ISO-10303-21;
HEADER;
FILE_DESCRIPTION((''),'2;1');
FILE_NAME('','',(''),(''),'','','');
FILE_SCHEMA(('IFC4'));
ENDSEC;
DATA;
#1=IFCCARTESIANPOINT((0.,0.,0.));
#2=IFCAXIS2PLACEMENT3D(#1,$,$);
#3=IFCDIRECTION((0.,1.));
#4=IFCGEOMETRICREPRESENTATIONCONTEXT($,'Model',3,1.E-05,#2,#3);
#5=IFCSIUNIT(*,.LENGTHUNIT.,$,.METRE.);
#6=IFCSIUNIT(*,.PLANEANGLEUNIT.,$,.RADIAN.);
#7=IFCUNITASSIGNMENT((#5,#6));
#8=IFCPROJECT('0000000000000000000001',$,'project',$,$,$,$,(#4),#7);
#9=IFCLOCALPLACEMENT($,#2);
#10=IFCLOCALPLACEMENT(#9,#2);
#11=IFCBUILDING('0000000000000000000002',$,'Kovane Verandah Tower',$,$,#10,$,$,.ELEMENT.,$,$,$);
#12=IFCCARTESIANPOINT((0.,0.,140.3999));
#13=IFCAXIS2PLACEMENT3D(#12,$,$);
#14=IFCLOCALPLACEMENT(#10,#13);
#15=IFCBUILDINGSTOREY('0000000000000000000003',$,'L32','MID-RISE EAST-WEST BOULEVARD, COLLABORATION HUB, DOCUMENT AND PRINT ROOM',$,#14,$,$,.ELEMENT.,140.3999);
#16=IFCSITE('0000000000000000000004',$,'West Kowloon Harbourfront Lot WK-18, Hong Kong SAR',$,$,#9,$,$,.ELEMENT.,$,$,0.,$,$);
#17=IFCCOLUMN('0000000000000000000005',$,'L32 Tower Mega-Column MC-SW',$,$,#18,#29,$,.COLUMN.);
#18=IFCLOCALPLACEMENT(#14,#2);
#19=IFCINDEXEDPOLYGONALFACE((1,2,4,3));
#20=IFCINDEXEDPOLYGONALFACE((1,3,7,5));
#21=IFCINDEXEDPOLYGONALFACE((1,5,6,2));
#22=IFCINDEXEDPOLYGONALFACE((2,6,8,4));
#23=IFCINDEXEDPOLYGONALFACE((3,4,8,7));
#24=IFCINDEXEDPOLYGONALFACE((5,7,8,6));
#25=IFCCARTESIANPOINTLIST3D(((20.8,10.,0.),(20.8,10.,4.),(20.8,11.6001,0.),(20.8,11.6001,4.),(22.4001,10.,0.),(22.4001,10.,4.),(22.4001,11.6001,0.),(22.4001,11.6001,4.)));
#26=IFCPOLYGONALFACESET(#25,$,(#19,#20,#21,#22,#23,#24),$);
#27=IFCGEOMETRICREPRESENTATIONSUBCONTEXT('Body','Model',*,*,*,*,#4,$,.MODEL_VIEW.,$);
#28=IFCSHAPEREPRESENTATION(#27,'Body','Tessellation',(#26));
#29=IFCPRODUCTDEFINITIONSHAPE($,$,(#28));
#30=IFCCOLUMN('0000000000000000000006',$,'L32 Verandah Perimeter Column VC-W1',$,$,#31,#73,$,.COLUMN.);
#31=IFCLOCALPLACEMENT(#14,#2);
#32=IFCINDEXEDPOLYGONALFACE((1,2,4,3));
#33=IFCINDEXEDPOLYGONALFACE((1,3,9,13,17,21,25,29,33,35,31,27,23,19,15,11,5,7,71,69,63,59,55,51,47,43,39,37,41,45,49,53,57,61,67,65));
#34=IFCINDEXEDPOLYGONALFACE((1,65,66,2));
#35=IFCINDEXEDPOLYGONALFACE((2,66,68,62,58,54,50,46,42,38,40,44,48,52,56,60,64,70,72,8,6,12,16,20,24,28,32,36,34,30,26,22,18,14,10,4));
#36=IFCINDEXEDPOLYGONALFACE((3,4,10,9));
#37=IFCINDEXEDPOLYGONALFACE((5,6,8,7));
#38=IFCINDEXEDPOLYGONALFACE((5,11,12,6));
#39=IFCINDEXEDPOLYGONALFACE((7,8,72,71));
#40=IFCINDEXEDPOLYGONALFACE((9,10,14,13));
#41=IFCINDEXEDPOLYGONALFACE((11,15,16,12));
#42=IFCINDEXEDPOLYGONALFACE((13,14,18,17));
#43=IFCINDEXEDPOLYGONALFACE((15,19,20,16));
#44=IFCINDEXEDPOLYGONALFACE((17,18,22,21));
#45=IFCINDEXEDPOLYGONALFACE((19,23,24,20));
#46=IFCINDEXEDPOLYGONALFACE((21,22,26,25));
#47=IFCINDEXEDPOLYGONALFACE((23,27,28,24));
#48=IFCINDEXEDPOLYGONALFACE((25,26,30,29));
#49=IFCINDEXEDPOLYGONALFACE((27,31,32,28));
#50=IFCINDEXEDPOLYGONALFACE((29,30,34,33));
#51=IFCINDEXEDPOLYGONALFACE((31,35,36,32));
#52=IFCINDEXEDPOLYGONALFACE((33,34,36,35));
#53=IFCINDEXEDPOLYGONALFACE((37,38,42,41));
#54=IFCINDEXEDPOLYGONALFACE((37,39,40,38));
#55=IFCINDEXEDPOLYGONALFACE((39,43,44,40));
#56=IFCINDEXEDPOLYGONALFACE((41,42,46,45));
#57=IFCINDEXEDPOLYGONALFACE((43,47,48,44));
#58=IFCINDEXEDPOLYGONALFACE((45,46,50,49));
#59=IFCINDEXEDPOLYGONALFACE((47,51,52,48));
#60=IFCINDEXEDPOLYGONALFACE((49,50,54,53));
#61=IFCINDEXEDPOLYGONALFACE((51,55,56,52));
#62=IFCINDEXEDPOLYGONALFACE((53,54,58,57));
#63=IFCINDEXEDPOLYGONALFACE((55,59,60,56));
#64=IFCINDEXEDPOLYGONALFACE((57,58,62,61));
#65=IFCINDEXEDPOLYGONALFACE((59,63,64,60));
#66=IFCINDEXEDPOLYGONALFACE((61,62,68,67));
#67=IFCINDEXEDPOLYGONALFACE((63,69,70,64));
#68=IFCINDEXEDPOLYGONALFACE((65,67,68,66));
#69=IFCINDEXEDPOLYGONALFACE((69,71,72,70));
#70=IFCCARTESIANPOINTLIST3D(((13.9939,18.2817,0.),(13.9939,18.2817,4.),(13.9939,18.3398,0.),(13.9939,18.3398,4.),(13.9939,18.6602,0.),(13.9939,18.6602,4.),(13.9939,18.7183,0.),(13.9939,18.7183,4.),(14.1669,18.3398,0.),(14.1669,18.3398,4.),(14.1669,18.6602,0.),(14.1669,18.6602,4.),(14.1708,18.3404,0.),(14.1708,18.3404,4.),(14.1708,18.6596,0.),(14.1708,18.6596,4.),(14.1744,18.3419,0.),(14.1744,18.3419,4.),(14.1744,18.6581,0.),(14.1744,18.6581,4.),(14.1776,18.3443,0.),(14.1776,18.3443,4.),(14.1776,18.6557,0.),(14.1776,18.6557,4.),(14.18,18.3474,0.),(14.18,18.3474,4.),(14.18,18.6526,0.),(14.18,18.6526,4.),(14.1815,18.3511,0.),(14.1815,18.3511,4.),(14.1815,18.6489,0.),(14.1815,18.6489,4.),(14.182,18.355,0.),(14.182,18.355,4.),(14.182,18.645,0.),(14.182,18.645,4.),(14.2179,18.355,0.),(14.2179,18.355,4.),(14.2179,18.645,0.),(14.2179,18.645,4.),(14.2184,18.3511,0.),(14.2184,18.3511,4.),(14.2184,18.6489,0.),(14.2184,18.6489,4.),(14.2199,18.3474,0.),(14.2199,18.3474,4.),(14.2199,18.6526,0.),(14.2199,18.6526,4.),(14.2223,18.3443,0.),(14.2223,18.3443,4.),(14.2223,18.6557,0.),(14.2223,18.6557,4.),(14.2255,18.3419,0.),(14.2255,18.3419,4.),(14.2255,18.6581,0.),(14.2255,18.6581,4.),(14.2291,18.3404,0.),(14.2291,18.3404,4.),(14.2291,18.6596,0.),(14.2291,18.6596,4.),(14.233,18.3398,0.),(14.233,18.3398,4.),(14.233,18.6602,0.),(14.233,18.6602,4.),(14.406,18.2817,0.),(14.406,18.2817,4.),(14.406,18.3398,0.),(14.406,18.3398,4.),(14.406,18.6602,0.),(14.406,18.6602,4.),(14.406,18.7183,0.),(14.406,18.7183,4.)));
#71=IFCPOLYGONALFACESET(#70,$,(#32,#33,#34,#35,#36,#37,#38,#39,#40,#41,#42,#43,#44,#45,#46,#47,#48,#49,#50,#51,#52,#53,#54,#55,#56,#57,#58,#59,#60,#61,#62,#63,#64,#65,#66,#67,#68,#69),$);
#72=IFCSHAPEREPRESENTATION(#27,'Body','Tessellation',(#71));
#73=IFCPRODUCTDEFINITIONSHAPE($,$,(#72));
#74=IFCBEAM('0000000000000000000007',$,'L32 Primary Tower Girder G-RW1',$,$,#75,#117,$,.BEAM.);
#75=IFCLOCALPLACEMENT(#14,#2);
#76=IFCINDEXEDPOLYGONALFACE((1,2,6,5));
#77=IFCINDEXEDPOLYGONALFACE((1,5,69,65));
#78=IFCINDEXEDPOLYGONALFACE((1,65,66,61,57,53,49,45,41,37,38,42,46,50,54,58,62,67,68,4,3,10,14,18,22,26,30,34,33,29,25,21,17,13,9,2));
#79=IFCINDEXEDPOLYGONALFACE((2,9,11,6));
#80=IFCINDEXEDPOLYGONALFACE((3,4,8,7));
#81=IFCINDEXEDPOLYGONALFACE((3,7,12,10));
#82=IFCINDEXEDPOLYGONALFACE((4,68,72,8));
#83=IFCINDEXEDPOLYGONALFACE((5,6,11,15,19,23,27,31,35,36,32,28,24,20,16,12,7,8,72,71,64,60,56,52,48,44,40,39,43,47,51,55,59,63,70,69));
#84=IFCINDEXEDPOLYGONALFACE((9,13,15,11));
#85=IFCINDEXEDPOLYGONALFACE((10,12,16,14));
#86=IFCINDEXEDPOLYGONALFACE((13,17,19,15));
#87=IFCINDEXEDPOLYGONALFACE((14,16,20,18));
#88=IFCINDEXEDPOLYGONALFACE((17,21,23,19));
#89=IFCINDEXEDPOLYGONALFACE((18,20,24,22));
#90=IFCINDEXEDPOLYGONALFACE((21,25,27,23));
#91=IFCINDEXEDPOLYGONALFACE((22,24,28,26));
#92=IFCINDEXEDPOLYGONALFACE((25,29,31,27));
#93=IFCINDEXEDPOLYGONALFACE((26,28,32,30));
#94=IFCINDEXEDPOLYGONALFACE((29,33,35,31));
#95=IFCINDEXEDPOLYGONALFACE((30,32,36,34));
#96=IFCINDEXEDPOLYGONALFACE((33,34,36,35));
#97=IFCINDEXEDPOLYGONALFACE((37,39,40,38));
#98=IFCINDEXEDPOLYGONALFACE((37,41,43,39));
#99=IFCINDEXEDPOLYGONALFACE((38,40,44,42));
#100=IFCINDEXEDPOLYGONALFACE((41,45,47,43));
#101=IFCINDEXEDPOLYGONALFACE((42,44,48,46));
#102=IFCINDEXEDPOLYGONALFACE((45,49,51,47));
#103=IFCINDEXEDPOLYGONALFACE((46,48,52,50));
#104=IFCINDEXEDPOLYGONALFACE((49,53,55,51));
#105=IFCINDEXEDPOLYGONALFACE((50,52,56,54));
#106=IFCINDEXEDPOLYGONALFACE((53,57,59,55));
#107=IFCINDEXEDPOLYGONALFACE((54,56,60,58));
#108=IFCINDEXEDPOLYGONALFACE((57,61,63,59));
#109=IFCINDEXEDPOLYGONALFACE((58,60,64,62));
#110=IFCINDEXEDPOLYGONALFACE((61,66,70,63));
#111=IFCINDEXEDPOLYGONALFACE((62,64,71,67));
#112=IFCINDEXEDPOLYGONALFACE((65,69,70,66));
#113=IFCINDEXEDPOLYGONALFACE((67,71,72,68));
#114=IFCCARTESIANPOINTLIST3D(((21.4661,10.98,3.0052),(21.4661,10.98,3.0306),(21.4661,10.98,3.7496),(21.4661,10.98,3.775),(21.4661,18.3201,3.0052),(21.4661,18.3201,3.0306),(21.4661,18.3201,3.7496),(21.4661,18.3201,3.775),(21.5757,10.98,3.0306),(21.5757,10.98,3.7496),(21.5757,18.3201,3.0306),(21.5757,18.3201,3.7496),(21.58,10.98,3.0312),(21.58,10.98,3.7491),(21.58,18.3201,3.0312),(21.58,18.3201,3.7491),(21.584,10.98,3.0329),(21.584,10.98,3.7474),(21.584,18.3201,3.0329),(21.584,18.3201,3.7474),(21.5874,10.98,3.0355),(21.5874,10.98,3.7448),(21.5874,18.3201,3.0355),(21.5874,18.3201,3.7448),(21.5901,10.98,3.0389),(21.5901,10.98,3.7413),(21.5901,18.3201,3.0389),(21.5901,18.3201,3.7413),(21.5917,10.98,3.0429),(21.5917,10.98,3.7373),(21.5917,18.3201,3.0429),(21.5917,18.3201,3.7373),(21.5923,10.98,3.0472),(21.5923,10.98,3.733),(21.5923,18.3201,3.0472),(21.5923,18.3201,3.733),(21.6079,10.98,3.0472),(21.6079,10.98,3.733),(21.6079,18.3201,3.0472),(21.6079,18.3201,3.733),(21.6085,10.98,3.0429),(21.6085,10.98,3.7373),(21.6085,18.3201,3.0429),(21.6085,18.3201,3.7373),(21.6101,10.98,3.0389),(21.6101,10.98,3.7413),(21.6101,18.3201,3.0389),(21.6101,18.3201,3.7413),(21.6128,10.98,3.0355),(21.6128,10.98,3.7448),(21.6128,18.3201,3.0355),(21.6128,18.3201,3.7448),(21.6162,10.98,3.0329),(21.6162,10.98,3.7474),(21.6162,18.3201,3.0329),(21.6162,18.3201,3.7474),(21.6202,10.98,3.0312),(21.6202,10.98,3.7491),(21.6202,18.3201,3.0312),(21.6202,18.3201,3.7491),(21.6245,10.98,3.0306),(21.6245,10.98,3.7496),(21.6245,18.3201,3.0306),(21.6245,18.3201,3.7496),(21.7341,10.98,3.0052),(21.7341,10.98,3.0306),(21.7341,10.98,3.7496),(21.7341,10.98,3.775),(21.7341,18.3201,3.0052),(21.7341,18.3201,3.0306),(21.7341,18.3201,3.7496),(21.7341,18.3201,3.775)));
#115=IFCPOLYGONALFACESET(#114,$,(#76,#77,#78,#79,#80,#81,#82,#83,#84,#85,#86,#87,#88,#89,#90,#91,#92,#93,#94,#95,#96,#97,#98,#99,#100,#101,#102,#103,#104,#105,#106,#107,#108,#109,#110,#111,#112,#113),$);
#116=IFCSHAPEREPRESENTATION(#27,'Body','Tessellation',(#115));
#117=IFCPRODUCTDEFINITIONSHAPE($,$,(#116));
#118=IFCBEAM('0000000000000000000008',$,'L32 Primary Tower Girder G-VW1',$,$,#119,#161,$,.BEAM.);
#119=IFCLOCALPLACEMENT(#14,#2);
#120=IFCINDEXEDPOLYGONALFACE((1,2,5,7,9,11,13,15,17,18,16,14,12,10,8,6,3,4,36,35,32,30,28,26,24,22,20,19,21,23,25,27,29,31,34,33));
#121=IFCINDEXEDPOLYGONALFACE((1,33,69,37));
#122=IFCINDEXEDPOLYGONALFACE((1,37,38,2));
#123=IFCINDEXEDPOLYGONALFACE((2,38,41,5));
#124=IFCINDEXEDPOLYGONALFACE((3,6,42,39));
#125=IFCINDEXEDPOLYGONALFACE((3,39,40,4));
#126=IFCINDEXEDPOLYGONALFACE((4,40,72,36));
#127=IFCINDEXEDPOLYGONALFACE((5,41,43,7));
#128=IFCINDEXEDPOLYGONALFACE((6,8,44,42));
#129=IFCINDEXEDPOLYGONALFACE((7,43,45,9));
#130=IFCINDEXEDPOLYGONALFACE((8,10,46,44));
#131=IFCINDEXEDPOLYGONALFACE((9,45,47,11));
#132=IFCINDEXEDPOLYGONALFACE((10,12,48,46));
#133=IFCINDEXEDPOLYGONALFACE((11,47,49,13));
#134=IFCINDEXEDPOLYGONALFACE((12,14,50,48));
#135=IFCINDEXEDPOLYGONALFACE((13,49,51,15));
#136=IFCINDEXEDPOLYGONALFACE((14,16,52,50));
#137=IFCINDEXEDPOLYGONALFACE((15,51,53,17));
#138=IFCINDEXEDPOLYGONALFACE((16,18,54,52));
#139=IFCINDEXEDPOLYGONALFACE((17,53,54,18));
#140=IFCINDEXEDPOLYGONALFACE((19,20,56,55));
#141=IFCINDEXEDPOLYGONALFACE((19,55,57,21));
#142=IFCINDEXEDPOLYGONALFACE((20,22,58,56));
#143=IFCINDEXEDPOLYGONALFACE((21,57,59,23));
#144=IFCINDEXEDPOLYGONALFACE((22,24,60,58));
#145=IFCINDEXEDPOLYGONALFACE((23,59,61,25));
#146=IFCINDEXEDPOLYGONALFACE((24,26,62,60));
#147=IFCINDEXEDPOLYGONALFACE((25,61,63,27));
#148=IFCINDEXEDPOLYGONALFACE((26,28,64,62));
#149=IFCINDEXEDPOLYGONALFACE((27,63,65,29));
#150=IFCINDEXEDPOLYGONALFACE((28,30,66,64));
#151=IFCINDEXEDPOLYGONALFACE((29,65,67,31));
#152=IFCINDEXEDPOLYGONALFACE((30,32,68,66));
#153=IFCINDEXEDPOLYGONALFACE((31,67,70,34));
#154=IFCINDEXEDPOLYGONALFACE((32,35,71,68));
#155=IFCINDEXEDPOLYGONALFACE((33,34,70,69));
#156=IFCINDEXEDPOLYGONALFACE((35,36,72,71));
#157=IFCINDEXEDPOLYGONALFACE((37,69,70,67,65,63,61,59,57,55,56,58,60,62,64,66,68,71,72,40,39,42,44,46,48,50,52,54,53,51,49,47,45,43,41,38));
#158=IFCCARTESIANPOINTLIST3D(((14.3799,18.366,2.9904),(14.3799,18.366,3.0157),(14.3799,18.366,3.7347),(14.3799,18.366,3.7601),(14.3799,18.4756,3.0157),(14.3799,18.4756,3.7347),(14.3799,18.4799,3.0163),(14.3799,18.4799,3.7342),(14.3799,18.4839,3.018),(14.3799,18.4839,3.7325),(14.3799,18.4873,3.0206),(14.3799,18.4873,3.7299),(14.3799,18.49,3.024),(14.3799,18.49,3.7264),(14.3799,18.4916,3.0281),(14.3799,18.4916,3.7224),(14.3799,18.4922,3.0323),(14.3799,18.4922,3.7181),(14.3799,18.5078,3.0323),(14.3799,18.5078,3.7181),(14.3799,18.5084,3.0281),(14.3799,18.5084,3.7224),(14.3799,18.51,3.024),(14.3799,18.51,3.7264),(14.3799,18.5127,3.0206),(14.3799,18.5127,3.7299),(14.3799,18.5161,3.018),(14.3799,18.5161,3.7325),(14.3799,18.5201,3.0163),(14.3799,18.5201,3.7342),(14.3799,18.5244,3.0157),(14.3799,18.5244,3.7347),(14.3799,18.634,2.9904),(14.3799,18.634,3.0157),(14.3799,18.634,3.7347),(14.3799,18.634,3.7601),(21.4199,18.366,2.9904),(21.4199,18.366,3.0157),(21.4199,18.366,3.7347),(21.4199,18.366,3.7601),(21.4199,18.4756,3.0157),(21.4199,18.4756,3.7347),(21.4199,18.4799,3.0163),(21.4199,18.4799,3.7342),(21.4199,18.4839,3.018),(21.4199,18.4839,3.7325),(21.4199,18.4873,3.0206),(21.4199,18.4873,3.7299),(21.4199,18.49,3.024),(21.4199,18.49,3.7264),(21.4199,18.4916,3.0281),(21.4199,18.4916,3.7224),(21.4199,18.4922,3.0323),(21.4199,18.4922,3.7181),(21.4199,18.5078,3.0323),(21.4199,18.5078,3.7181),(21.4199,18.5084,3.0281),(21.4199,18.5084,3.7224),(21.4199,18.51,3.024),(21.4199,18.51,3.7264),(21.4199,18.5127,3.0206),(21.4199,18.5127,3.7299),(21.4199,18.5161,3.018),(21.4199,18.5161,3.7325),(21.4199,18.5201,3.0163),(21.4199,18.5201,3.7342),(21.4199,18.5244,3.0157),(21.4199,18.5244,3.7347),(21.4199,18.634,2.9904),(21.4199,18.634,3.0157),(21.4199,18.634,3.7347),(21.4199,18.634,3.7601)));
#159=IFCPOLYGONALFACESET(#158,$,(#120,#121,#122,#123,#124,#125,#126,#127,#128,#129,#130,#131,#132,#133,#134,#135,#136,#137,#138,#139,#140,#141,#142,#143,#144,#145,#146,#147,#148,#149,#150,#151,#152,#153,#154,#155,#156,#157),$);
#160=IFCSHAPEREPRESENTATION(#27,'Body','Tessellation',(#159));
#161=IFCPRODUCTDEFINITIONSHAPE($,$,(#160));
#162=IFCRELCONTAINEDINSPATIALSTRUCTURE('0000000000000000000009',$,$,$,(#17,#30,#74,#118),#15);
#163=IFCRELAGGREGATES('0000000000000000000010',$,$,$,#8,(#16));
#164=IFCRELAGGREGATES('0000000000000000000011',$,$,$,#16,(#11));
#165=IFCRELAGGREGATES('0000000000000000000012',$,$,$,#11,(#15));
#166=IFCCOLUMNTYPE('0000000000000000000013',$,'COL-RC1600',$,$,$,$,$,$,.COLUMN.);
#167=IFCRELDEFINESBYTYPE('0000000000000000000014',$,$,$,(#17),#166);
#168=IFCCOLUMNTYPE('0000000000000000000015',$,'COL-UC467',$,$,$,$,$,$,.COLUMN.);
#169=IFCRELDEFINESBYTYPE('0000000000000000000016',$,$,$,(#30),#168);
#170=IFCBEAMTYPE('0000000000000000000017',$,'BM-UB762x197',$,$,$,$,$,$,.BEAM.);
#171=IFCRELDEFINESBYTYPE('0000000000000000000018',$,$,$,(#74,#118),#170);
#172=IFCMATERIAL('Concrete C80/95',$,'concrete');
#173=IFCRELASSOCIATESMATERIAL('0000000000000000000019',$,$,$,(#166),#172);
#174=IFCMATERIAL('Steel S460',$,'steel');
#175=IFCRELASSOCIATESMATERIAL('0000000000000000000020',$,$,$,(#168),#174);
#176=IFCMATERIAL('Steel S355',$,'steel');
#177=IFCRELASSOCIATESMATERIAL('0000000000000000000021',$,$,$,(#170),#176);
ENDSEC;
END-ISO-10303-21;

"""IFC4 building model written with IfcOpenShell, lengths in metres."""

from ifc_helpers import new_model, si_unit, direction, frame, origin, origin_2d, place, context, subcontext, project, spatial, rectangle, i_section, extrude, material, material_profile, profile_set, type_object, element, save


model = new_model("IFC4")

# Units and contexts
model_context = context("Model", 3, precision=1e-05, world=origin(), true_north=direction((0.0, 1.0)))
body_context = subcontext(model_context, "Body", "Model", "MODEL_VIEW")
ifc_project = project(units=[si_unit("LENGTHUNIT", "METRE"), si_unit("PLANEANGLEUNIT", "RADIAN")], contexts=[model_context])

# Site, building, storey
site_placement = place(None, origin())
site = spatial("IfcSite", under=ifc_project, at=site_placement, Name="West Kowloon Harbourfront Lot WK-18, Hong Kong SAR", CompositionType="ELEMENT", RefElevation=0.0)
building_placement = place(site_placement, origin())
building = spatial("IfcBuilding", under=site, at=building_placement, Name="Kovane Verandah Tower", CompositionType="ELEMENT")
storey_placement = place(building_placement, frame((0.0, 0.0, 140.3999)))
storey = spatial("IfcBuildingStorey", under=building, at=storey_placement, Name="L32", Description="MID-RISE EAST-WEST BOULEVARD, COLLABORATION HUB, DOCUMENT AND PRINT ROOM", CompositionType="ELEMENT", Elevation=140.3999)

# Columns
ifc_material_1 = material(Name="Concrete C80/95", Category="concrete")
ifc_material_profile_1 = material_profile(ifc_material_1, rectangle(XDim=1.6001, YDim=1.6001, at=origin_2d()), Name="RC1600x1600")
ifc_profile_set_1 = profile_set([ifc_material_profile_1], Name="Concrete C80/95")
column_type_1 = type_object("IfcColumnType", Name="COL-RC1600", PredefinedType="COLUMN", material=ifc_profile_set_1)
column_1_placement = place(storey_placement, frame((21.6001, 10.8, 0.0), z_axis=(0.0, 0.0, 1.0), x_axis=(1.0, 0.0, 0.0)))
element("IfcColumn", 1, at=column_1_placement, inside=storey, type_object=column_type_1, Name="L32 Tower Mega-Column MC-SW", PredefinedType="COLUMN", context=body_context, shape_type="SweptSolid", body=[
    extrude(rectangle(XDim=1.6001, YDim=1.6001, at=origin_2d()), origin(), (0.0, 0.0, 1.0), 4.0),
])
ifc_material_2 = material(Name="Steel S460", Category="steel")
ifc_material_profile_2 = material_profile(ifc_material_2, i_section(OverallWidth=0.4121, OverallDepth=0.4365, WebThickness=0.0359, FlangeThickness=0.0581, FilletRadius=0.0151, at=origin_2d()), Name="UC356x406x467")
ifc_profile_set_2 = profile_set([ifc_material_profile_2], Name="Steel S460")
column_type_2 = type_object("IfcColumnType", Name="COL-UC467", PredefinedType="COLUMN", material=ifc_profile_set_2)
column_2_placement = place(storey_placement, frame((14.2, 18.5, 0.0), z_axis=(0.0, 0.0, 1.0), x_axis=(1.0, 0.0, 0.0)))
element("IfcColumn", 2, at=column_2_placement, inside=storey, type_object=column_type_2, Name="L32 Verandah Perimeter Column VC-W1", PredefinedType="COLUMN", context=body_context, shape_type="SweptSolid", body=[
    extrude(i_section(OverallWidth=0.4121, OverallDepth=0.4365, WebThickness=0.0359, FlangeThickness=0.0581, FilletRadius=0.0151, at=origin_2d()), origin(), (0.0, 0.0, 1.0), 4.0),
])

# Beams
ifc_material_3 = material(Name="Steel S355", Category="steel")
ifc_material_profile_3 = material_profile(ifc_material_3, i_section(OverallWidth=0.2681, OverallDepth=0.7698, WebThickness=0.0156, FlangeThickness=0.0254, FilletRadius=0.0166, at=origin_2d()), Name="UB762x267x197")
ifc_profile_set_3 = profile_set([ifc_material_profile_3], Name="Steel S355")
beam_type_1 = type_object("IfcBeamType", Name="BM-UB762x197", PredefinedType="BEAM", material=ifc_profile_set_3)
beam_1_placement = place(storey_placement, frame((21.6001, 10.98, 3.3901), z_axis=(0.0, 1.0, 0.0), x_axis=(-1.0, 0.0, 0.0)))
element("IfcBeam", 3, at=beam_1_placement, inside=storey, type_object=beam_type_1, Name="L32 Primary Tower Girder G-RW1", PredefinedType="BEAM", context=body_context, shape_type="SweptSolid", body=[
    extrude(i_section(OverallWidth=0.2681, OverallDepth=0.7698, WebThickness=0.0156, FlangeThickness=0.0254, FilletRadius=0.0166, at=origin_2d()), origin(), (0.0, 0.0, 1.0), 7.3401),
])
beam_2_placement = place(storey_placement, frame((21.4199, 18.5, 3.3752), z_axis=(-1.0, 0.0, 0.0), x_axis=(0.0, -1.0, 0.0)))
element("IfcBeam", 4, at=beam_2_placement, inside=storey, type_object=beam_type_1, Name="L32 Primary Tower Girder G-VW1", PredefinedType="BEAM", context=body_context, shape_type="SweptSolid", body=[
    extrude(i_section(OverallWidth=0.2681, OverallDepth=0.7698, WebThickness=0.0156, FlangeThickness=0.0254, FilletRadius=0.0166, at=origin_2d()), origin(), (0.0, 0.0, 1.0), 7.04),
])

save(model, "model.ifc")
